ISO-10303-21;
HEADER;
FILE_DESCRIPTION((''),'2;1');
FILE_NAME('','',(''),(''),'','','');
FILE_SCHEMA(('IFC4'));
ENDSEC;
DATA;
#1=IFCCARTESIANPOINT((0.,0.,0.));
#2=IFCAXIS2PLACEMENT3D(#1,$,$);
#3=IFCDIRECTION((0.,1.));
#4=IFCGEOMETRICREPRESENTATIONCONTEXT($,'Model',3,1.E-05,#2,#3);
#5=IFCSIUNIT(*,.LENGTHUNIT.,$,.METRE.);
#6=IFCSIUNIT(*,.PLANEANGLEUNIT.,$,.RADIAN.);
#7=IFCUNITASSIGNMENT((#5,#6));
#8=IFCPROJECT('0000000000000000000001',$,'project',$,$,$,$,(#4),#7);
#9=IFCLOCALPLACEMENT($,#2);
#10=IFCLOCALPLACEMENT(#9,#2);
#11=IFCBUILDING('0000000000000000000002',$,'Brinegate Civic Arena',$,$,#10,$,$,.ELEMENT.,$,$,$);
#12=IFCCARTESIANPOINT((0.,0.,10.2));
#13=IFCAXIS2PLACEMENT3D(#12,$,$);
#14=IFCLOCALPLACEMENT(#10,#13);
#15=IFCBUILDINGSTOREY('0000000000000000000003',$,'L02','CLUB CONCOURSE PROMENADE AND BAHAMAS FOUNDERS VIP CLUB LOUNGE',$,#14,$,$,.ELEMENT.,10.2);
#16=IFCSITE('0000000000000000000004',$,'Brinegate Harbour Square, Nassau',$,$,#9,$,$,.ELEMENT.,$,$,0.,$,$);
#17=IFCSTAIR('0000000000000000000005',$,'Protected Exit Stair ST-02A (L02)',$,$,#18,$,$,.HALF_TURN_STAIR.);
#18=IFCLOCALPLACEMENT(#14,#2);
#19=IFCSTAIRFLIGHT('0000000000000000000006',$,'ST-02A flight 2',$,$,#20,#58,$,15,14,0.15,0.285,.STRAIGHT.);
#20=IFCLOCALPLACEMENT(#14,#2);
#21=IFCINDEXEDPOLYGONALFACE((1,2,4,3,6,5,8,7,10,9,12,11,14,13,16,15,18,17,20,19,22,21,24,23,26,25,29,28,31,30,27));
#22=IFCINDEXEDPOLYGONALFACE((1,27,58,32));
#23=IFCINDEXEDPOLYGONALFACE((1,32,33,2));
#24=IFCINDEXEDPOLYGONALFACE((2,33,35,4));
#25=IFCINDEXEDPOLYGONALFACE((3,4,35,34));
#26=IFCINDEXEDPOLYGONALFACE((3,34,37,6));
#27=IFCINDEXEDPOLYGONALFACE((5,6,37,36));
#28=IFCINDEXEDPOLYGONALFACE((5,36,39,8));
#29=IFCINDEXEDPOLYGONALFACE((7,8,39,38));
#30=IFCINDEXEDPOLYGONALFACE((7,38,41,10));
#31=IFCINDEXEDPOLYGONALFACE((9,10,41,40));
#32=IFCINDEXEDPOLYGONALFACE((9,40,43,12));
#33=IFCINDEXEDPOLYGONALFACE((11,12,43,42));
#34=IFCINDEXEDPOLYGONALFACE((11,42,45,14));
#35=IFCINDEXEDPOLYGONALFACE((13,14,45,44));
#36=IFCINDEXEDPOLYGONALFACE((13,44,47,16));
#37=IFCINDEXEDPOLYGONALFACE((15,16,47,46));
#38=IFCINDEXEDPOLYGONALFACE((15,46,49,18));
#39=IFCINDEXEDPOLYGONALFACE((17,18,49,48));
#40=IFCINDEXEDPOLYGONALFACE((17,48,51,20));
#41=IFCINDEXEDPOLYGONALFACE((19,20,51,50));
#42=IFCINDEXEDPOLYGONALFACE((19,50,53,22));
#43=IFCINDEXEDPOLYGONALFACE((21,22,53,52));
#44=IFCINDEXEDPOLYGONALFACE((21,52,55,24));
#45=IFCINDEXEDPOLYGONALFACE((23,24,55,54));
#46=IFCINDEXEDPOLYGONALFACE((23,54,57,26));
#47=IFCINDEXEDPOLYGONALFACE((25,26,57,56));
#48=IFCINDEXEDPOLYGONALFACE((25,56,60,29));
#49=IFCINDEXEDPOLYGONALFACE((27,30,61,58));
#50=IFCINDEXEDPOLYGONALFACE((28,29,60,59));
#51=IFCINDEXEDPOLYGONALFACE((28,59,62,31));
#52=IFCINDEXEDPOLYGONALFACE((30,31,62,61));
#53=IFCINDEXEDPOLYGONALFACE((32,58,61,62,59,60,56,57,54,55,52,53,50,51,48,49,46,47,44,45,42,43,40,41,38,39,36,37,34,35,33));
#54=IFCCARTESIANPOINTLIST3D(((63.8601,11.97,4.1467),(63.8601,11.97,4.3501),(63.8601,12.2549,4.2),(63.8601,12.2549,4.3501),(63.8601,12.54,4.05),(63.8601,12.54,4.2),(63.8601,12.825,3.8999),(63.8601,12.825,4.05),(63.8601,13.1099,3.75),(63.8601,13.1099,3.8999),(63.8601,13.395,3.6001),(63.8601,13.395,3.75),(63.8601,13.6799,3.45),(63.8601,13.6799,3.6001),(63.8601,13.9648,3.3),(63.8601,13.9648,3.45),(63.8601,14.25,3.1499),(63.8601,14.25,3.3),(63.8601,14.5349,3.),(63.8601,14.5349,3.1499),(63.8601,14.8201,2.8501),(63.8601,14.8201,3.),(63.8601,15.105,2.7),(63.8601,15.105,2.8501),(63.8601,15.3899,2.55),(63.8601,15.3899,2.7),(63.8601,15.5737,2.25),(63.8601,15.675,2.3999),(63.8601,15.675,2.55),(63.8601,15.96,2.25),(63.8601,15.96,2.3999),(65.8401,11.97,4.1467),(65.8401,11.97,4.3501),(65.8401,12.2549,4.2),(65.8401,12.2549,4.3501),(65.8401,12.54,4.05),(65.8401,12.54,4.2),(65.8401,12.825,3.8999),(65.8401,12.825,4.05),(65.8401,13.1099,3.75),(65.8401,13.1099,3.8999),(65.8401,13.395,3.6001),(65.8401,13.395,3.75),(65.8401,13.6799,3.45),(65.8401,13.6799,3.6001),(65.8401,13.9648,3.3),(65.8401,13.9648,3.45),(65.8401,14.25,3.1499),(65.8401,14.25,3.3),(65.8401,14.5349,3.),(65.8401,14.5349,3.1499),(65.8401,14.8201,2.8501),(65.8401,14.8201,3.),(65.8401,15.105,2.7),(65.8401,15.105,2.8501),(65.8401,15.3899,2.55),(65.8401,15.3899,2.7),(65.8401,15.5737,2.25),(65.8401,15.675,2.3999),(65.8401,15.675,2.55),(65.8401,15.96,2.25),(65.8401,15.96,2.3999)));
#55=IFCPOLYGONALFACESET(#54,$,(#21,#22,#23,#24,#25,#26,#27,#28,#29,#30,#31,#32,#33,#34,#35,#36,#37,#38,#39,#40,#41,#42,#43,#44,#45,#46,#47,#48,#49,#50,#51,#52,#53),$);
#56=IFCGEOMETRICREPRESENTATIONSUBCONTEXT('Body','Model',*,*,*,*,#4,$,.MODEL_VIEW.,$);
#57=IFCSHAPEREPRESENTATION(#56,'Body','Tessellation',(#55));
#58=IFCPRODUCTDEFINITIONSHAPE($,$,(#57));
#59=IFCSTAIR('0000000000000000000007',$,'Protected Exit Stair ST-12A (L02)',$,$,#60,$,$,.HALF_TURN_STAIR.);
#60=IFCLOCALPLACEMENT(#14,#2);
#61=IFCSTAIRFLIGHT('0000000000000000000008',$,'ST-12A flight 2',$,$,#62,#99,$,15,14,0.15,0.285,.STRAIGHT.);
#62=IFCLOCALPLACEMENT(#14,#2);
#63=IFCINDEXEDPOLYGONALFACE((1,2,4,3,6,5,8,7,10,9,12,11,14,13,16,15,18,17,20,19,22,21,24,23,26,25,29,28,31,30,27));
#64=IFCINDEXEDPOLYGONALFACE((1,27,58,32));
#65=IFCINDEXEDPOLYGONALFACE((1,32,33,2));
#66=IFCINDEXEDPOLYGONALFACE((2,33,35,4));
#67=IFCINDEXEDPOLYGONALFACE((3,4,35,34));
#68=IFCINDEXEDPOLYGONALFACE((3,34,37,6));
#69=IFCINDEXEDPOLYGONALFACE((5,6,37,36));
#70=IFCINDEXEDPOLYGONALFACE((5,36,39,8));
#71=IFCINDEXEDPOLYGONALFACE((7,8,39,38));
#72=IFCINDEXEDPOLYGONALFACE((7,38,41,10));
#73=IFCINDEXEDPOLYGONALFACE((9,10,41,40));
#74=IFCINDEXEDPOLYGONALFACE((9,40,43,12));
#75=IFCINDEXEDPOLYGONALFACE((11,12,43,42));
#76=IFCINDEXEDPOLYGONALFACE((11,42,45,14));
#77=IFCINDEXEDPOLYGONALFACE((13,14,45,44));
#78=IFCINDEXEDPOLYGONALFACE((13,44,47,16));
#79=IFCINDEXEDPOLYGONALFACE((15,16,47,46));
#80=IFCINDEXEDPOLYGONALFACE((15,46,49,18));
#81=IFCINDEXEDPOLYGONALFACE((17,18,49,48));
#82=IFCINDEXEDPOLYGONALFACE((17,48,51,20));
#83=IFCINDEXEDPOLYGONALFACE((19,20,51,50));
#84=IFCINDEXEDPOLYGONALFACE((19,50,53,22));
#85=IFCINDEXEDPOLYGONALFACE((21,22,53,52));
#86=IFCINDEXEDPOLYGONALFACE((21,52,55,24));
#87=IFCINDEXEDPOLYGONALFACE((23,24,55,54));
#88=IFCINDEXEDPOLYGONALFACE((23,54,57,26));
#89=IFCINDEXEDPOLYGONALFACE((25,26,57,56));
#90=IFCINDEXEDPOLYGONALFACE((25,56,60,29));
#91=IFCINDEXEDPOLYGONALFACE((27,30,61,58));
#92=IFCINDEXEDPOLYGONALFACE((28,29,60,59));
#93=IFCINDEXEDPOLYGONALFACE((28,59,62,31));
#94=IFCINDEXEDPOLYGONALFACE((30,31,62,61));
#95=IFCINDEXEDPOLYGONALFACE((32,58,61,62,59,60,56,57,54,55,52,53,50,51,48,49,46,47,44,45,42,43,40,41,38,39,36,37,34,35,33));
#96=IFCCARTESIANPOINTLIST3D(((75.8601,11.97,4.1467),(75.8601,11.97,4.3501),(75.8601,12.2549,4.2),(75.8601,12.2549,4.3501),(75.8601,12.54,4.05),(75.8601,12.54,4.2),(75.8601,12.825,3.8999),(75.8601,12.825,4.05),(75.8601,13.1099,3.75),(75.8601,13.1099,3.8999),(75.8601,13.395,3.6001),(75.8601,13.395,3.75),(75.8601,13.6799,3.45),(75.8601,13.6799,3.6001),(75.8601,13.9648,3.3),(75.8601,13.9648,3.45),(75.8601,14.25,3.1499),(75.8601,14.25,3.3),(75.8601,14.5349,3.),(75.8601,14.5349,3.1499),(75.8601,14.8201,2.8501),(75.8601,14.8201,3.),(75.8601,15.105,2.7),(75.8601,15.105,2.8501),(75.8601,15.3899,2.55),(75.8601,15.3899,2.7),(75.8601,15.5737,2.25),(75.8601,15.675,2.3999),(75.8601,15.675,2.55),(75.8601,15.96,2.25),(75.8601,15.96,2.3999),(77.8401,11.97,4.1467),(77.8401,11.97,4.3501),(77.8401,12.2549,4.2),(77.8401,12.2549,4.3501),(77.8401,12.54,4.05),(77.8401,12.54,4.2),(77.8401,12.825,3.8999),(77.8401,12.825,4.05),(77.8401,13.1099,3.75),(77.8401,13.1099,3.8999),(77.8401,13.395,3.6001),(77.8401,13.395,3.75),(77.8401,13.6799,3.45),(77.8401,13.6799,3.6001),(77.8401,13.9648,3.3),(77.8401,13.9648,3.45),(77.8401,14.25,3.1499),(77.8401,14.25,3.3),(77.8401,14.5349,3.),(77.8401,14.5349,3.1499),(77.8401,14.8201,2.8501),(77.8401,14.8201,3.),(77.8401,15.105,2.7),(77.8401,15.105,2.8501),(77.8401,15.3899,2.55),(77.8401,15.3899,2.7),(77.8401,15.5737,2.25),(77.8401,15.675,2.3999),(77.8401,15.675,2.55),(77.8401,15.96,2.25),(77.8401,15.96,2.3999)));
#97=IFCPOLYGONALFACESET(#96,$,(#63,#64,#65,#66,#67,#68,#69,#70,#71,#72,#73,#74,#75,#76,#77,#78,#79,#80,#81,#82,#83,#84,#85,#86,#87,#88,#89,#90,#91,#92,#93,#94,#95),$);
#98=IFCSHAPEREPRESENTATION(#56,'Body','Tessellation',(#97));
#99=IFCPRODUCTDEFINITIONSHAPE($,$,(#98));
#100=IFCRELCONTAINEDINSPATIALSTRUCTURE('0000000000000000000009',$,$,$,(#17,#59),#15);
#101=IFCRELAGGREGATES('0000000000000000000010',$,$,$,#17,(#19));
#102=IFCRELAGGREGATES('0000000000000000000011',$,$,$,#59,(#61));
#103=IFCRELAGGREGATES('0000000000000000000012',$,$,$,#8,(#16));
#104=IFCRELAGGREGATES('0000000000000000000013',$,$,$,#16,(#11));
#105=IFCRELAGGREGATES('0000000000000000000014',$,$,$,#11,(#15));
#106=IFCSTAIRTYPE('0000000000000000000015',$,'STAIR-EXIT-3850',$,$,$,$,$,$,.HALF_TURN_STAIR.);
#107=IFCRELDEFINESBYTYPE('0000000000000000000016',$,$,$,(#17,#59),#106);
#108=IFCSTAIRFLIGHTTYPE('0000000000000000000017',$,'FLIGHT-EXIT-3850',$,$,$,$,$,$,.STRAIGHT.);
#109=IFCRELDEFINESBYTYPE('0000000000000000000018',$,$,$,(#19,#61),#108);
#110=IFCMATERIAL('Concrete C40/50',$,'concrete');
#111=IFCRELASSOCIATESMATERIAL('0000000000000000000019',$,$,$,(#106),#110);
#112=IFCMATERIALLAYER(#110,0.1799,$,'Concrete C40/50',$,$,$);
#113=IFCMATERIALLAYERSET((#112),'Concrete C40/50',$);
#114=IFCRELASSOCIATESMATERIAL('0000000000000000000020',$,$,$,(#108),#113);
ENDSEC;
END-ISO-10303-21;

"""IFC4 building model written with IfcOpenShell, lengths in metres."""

from ifc_helpers import new_model, si_unit, direction, frame, origin, place, context, subcontext, project, spatial, polyline, outline, extrude, material, layer, layer_set, type_object, element, aggregate, save


model = new_model("IFC4")

# Units and contexts
model_context = context("Model", 3, precision=1e-05, world=origin(), true_north=direction((0.0, 1.0)))
body_context = subcontext(model_context, "Body", "Model", "MODEL_VIEW")
ifc_project = project(units=[si_unit("LENGTHUNIT", "METRE"), si_unit("PLANEANGLEUNIT", "RADIAN")], contexts=[model_context])

# Site, building, storey
site_placement = place(None, origin())
site = spatial("IfcSite", under=ifc_project, at=site_placement, Name="Brinegate Harbour Square, Nassau", CompositionType="ELEMENT", RefElevation=0.0)
building_placement = place(site_placement, origin())
building = spatial("IfcBuilding", under=site, at=building_placement, Name="Brinegate Civic Arena", CompositionType="ELEMENT")
storey_placement = place(building_placement, frame((0.0, 0.0, 10.2)))
storey = spatial("IfcBuildingStorey", under=building, at=storey_placement, Name="L02", Description="CLUB CONCOURSE PROMENADE AND BAHAMAS FOUNDERS VIP CLUB LOUNGE", CompositionType="ELEMENT", Elevation=10.2)

# Shared definitions
ifc_material_1 = material(Name="Concrete C40/50", Category="concrete")

# Stairs, stair flights
stair_type_1 = type_object("IfcStairType", Name="STAIR-EXIT-3850", PredefinedType="HALF_TURN_STAIR", material=ifc_material_1)
stair_1_placement = place(storey_placement, origin())
stair_1 = element("IfcStair", 1, at=stair_1_placement, inside=storey, type_object=stair_type_1, Name="Protected Exit Stair ST-02A (L02)", PredefinedType="HALF_TURN_STAIR")
ifc_layer_1 = layer(ifc_material_1, 0.1799, Name="Concrete C40/50")
ifc_layer_set_1 = layer_set([ifc_layer_1], Name="Concrete C40/50")
stair_flight_type_1 = type_object("IfcStairFlightType", Name="FLIGHT-EXIT-3850", PredefinedType="STRAIGHT", material=ifc_layer_set_1)
stair_flight_1_placement = place(storey_placement, frame((64.8501, 15.96, 2.25), z_axis=(0.0, 0.0, 1.0), x_axis=(0.0, -1.0, 0.0)))
stair_flight_1 = element("IfcStairFlight", 2, at=stair_flight_1_placement, type_object=stair_flight_type_1, Name="ST-02A flight 2", NumberOfRisers=15, NumberOfTreads=14, PredefinedType="STRAIGHT", RiserHeight=0.15, TreadLength=0.285, context=body_context, shape_type="SweptSolid", body=[
    extrude(outline(polyline([(0.0, 0.0), (0.0, 0.1499), (0.2849, 0.1499), (0.2849, 0.3), (0.5701, 0.3), (0.5701, 0.45), (0.855, 0.45), (0.855, 0.6001), (1.1399, 0.6001), (1.1399, 0.75), (1.425, 0.75), (1.425, 0.8999), (1.71, 0.8999), (1.71, 1.05), (1.9951, 1.05), (1.9951, 1.2), (2.28, 1.2), (2.28, 1.3501), (2.5649, 1.3501), (2.5649, 1.5), (2.8501, 1.5), (2.8501, 1.6499), (3.135, 1.6499), (3.135, 1.8), (3.4199, 1.8), (3.4199, 1.95), (3.7051, 1.95), (3.7051, 2.1001), (3.99, 2.1001), (3.99, 2.25), (3.99, 1.8967), (0.3862, 0.0), (0.0, 0.0)])), frame((0.0, 0.99, 0.0), z_axis=(0.0, -1.0, 0.0), x_axis=(1.0, 0.0, 0.0)), (0.0, 0.0, 1.0), 1.98),
])
aggregate(stair_1, [stair_flight_1])
stair_2_placement = place(storey_placement, origin())
stair_2 = element("IfcStair", 3, at=stair_2_placement, inside=storey, type_object=stair_type_1, Name="Protected Exit Stair ST-12A (L02)", PredefinedType="HALF_TURN_STAIR")
stair_flight_2_placement = place(storey_placement, frame((76.8501, 15.96, 2.25), z_axis=(0.0, 0.0, 1.0), x_axis=(0.0, -1.0, 0.0)))
stair_flight_2 = element("IfcStairFlight", 4, at=stair_flight_2_placement, type_object=stair_flight_type_1, Name="ST-12A flight 2", NumberOfRisers=15, NumberOfTreads=14, PredefinedType="STRAIGHT", RiserHeight=0.15, TreadLength=0.285, context=body_context, shape_type="SweptSolid", body=[
    extrude(outline(polyline([(0.0, 0.0), (0.0, 0.1499), (0.2849, 0.1499), (0.2849, 0.3), (0.5701, 0.3), (0.5701, 0.45), (0.855, 0.45), (0.855, 0.6001), (1.1399, 0.6001), (1.1399, 0.75), (1.425, 0.75), (1.425, 0.8999), (1.71, 0.8999), (1.71, 1.05), (1.9951, 1.05), (1.9951, 1.2), (2.28, 1.2), (2.28, 1.3501), (2.5649, 1.3501), (2.5649, 1.5), (2.8501, 1.5), (2.8501, 1.6499), (3.135, 1.6499), (3.135, 1.8), (3.4199, 1.8), (3.4199, 1.95), (3.7051, 1.95), (3.7051, 2.1001), (3.99, 2.1001), (3.99, 2.25), (3.99, 1.8967), (0.3862, 0.0), (0.0, 0.0)])), frame((0.0, 0.99, 0.0), z_axis=(0.0, -1.0, 0.0), x_axis=(1.0, 0.0, 0.0)), (0.0, 0.0, 1.0), 1.98),
])
aggregate(stair_2, [stair_flight_2])

save(model, "model.ifc")
